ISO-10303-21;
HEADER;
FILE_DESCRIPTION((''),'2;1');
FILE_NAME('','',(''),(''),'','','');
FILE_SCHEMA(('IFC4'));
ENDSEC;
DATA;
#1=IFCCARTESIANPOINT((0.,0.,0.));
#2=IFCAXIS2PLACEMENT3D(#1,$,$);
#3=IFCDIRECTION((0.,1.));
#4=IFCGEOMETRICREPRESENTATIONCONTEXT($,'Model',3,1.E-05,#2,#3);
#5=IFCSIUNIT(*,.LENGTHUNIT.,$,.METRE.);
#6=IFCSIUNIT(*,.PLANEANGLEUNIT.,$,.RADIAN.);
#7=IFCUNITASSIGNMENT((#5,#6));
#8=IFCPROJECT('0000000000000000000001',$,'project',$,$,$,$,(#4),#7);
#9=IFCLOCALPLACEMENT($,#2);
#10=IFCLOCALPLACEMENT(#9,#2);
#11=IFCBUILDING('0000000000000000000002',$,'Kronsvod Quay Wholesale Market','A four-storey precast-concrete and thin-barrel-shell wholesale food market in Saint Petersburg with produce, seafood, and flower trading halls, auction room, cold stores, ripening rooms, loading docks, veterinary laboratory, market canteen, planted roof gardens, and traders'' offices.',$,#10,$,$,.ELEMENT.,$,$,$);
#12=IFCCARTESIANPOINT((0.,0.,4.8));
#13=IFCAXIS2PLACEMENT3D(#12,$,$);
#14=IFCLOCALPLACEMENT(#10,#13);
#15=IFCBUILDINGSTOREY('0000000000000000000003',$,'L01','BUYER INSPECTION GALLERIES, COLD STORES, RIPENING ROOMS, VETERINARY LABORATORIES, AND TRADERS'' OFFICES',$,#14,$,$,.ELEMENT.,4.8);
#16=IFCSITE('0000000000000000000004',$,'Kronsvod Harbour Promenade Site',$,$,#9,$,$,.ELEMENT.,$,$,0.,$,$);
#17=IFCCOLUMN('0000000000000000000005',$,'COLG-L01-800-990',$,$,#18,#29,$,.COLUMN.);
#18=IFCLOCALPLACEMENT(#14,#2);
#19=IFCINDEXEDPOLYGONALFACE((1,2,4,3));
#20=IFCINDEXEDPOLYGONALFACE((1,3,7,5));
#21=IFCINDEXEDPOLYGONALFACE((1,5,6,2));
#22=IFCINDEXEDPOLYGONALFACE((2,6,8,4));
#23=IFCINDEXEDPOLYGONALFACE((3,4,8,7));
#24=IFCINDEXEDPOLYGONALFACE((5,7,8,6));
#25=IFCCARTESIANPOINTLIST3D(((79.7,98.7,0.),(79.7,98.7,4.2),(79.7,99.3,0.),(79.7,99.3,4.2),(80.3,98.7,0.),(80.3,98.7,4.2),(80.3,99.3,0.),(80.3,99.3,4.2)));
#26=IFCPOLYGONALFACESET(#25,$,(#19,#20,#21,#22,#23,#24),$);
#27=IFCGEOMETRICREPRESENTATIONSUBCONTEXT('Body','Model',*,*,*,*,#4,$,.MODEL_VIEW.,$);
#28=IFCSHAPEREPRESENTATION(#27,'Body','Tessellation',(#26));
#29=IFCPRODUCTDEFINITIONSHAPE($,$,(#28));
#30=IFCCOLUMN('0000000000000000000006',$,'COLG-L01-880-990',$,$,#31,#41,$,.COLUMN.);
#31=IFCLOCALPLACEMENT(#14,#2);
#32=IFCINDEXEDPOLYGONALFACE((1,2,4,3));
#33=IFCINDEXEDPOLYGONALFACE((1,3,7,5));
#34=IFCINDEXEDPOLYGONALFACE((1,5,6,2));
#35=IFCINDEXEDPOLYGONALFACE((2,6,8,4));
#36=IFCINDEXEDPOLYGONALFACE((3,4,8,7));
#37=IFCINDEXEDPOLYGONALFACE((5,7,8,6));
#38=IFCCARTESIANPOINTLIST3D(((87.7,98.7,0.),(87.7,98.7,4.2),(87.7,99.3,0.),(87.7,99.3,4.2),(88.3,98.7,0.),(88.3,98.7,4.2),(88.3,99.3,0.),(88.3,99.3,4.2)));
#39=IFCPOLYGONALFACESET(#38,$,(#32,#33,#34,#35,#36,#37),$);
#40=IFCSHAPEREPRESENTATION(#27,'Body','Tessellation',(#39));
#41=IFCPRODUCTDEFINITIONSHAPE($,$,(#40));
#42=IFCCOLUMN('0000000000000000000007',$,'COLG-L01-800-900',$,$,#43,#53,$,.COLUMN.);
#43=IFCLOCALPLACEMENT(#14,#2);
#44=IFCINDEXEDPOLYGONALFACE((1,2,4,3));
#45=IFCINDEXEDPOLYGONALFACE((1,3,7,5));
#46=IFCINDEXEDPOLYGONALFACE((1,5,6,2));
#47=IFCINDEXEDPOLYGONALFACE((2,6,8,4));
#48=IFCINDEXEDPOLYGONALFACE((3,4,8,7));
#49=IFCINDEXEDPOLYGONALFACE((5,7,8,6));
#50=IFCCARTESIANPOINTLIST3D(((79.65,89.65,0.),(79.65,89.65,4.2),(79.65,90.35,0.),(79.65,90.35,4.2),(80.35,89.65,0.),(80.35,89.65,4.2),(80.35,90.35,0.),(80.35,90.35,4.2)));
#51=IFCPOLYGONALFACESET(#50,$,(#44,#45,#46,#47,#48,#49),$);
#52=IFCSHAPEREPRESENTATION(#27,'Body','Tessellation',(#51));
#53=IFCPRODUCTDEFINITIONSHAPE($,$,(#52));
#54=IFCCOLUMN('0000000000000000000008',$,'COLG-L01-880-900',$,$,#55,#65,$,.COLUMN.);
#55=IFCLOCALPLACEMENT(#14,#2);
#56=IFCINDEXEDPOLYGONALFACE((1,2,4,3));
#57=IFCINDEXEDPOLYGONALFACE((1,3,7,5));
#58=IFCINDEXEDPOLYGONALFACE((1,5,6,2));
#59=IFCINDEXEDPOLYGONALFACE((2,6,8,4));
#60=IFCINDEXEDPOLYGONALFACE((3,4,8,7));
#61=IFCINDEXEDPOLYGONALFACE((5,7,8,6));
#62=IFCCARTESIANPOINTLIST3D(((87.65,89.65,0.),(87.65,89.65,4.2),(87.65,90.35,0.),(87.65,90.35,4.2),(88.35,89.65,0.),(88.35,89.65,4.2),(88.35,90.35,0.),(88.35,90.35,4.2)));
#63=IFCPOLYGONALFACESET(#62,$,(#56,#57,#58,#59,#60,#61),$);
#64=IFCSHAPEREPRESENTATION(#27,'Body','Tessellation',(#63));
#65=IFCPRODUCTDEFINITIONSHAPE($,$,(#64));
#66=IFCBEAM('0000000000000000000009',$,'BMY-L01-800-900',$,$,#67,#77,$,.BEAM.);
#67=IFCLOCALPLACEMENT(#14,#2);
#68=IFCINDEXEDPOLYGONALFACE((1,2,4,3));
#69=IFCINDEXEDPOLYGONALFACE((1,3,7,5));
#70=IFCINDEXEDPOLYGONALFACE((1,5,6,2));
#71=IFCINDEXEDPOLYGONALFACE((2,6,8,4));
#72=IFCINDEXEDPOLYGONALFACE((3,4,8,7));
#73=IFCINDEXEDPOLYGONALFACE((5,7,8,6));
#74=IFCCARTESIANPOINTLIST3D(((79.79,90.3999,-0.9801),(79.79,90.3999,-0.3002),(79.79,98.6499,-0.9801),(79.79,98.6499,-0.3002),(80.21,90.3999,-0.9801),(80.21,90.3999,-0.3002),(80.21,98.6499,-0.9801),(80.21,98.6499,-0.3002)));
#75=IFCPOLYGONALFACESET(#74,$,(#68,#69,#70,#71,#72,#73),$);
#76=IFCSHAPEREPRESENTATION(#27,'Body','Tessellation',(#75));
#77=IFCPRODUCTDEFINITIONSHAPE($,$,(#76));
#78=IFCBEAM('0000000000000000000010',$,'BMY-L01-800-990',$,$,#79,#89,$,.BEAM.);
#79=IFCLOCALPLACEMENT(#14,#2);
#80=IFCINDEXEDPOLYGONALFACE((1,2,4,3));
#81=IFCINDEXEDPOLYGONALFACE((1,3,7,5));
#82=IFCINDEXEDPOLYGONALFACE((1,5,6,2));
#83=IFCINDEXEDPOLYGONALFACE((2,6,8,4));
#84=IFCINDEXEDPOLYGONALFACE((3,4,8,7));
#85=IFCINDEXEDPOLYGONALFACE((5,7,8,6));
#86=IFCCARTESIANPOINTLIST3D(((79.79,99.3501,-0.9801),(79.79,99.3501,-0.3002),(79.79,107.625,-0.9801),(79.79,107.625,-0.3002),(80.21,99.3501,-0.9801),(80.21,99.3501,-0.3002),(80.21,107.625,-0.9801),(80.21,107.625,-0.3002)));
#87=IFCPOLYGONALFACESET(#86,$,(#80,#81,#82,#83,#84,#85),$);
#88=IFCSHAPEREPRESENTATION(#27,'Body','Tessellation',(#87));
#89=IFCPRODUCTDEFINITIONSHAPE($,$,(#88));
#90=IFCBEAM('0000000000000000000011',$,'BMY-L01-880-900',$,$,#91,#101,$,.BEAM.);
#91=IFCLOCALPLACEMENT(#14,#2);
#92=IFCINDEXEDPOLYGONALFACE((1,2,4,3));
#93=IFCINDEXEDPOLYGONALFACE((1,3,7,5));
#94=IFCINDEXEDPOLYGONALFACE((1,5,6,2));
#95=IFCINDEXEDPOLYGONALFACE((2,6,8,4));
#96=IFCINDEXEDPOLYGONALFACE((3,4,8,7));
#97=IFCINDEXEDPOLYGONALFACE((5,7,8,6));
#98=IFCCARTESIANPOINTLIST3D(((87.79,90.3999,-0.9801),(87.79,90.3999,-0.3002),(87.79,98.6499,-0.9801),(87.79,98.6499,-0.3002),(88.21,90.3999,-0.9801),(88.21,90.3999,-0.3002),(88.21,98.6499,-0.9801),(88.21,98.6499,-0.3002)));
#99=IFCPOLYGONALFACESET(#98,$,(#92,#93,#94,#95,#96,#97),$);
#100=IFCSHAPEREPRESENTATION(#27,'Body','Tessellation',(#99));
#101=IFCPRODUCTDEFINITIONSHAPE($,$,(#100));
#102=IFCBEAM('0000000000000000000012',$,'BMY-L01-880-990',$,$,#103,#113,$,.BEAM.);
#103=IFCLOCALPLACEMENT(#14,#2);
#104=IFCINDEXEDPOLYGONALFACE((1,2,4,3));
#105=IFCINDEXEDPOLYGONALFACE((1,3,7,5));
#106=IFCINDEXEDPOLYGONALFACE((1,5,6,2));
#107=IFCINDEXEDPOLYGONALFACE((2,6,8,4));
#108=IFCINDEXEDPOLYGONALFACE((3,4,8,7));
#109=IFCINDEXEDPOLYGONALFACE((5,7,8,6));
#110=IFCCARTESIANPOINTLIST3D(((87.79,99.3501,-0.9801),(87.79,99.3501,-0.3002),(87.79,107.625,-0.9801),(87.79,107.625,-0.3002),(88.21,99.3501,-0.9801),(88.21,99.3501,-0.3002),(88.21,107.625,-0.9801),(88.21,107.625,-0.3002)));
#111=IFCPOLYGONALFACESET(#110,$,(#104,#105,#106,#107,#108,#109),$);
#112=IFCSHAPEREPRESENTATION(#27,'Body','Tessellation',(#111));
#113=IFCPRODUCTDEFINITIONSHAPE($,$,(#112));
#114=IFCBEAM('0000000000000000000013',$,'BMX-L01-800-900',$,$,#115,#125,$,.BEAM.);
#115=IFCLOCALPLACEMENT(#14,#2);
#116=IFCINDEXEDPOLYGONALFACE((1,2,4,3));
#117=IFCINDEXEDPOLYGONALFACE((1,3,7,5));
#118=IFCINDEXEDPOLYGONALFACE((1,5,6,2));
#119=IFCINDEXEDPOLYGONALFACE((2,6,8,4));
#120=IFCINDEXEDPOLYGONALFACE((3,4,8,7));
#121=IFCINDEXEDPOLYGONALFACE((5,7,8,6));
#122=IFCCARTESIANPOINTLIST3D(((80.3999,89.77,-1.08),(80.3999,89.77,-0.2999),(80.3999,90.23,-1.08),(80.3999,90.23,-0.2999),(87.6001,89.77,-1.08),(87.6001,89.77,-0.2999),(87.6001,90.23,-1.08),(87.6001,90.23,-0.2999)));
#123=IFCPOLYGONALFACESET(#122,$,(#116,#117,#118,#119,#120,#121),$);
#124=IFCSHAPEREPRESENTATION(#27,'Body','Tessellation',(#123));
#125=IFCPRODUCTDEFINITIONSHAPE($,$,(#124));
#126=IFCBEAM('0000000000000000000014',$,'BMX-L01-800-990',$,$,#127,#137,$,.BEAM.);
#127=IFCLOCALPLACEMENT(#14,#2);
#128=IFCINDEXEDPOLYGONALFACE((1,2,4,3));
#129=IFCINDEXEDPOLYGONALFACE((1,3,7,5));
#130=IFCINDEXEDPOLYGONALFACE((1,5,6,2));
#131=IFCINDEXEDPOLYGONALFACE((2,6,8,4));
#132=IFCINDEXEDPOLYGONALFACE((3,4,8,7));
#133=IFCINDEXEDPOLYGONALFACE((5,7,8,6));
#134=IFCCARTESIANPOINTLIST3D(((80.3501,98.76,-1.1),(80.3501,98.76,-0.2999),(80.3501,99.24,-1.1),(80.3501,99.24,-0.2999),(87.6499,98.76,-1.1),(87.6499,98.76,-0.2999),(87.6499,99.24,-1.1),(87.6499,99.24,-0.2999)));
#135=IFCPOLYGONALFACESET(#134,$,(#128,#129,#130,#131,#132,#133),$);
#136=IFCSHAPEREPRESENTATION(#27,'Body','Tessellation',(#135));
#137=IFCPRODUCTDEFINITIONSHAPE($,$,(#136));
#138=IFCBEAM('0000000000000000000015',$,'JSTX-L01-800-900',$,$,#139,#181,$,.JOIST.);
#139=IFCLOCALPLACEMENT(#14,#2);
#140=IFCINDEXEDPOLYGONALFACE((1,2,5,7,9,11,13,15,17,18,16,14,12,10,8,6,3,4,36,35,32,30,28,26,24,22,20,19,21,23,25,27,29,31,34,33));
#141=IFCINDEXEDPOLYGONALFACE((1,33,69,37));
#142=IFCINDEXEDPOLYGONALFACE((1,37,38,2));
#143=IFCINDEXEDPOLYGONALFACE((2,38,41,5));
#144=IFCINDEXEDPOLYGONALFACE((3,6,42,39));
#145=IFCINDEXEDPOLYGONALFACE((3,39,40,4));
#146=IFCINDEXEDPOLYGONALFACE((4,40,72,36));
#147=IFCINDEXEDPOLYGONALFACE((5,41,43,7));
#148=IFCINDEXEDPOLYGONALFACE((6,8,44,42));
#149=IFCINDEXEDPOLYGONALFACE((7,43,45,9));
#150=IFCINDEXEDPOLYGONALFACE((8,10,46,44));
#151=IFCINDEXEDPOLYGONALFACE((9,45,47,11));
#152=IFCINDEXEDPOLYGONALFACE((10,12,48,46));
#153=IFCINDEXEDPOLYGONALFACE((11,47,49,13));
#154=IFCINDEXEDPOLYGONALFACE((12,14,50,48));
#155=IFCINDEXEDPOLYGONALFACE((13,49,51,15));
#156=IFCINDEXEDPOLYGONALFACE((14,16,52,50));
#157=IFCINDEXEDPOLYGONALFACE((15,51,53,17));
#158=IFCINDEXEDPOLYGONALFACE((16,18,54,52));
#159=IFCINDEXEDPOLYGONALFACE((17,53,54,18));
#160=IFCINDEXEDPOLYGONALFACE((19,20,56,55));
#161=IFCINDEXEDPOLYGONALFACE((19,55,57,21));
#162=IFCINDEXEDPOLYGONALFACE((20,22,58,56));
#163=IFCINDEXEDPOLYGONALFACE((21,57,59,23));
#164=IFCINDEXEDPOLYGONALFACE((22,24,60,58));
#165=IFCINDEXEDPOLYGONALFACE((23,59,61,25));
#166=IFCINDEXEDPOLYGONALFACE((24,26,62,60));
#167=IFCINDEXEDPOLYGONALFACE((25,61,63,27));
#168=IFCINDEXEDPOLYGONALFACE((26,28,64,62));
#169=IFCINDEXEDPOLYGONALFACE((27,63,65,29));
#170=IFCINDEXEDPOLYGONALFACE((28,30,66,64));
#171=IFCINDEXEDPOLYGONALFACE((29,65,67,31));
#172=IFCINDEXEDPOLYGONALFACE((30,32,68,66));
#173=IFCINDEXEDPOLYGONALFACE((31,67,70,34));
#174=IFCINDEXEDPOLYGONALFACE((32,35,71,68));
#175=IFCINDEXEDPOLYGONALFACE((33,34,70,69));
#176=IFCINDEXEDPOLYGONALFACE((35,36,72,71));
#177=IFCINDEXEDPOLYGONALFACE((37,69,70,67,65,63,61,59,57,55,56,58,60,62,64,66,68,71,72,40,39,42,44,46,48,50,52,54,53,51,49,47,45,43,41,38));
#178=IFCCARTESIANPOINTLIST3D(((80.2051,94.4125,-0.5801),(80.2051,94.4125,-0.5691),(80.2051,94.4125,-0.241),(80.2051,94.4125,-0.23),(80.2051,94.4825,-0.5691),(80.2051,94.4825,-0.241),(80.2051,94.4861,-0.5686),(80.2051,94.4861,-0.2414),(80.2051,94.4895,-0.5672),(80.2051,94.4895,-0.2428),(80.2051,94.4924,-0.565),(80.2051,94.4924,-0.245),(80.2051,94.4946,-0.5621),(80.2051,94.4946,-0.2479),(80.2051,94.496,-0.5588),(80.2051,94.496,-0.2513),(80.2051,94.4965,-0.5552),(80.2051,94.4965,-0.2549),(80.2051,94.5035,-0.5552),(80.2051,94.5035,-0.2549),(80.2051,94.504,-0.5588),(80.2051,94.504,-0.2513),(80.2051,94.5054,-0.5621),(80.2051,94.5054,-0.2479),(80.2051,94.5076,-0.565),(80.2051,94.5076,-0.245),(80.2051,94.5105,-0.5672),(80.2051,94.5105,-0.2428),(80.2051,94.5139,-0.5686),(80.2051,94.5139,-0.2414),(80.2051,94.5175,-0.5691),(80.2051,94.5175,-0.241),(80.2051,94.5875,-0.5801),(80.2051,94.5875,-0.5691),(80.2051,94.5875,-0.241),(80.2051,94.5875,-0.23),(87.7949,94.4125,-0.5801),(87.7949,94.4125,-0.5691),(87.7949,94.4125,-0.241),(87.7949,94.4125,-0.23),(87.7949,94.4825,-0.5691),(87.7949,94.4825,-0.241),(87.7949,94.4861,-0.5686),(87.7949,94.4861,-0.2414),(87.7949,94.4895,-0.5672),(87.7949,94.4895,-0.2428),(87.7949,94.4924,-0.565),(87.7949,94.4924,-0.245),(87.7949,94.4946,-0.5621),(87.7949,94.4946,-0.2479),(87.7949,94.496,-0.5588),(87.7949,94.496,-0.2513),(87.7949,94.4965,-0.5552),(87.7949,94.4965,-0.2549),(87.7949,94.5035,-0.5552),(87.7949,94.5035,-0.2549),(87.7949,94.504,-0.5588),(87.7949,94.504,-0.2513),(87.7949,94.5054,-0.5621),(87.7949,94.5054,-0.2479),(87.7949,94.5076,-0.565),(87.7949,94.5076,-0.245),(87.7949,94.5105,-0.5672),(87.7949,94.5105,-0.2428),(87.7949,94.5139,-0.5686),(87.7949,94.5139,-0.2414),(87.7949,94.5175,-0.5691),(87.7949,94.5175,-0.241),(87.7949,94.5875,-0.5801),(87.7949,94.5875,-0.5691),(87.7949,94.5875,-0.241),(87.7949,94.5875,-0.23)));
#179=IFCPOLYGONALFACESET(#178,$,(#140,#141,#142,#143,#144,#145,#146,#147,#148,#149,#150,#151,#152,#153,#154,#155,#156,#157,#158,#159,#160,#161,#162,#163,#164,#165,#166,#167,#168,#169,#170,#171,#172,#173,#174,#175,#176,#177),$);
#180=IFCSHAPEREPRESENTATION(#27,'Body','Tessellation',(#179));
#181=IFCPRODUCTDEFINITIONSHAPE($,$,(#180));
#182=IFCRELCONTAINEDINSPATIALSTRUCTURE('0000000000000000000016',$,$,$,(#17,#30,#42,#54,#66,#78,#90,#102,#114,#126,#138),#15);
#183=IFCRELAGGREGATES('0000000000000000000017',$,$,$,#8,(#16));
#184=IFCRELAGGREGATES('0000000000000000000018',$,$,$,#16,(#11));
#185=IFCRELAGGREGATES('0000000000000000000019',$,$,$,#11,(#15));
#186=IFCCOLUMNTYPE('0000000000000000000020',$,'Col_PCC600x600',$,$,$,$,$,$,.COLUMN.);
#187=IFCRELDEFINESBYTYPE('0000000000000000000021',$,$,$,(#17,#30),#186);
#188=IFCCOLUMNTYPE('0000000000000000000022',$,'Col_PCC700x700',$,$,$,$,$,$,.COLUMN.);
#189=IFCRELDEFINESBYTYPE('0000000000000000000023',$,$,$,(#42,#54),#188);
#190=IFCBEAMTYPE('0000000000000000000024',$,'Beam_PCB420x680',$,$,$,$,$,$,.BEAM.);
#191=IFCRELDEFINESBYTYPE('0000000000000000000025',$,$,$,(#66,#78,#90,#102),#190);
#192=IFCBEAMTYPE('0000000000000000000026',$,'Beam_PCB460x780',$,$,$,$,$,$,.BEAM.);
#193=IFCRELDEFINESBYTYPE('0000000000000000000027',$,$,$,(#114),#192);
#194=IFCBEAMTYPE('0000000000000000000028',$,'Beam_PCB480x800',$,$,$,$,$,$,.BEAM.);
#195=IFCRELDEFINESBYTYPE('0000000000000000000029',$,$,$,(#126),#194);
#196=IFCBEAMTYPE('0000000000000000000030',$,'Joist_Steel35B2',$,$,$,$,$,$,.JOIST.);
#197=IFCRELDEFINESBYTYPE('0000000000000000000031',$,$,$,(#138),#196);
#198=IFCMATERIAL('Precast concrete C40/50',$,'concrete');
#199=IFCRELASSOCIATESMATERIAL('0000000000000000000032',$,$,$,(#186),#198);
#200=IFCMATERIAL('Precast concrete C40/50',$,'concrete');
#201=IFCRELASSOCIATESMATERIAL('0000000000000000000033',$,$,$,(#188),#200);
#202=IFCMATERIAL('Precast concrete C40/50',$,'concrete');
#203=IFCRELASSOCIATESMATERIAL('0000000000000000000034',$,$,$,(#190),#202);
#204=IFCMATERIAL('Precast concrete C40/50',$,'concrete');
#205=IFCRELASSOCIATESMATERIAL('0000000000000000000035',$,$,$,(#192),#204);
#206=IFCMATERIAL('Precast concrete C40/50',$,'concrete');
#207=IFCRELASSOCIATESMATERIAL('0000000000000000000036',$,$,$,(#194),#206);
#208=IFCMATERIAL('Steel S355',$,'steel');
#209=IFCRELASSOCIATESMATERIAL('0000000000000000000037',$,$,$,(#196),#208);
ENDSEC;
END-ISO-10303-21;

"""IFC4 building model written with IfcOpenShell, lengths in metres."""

from ifc_helpers import new_model, si_unit, direction, frame, origin, origin_2d, place, context, subcontext, project, spatial, rectangle, i_section, extrude, material, material_profile, profile_set, type_object, element, save


model = new_model("IFC4")

# Units and contexts
model_context = context("Model", 3, precision=1e-05, world=origin(), true_north=direction((0.0, 1.0)))
body_context = subcontext(model_context, "Body", "Model", "MODEL_VIEW")
ifc_project = project(units=[si_unit("LENGTHUNIT", "METRE"), si_unit("PLANEANGLEUNIT", "RADIAN")], contexts=[model_context])

# Site, building, storey
site_placement = place(None, origin())
site = spatial("IfcSite", under=ifc_project, at=site_placement, Name="Kronsvod Harbour Promenade Site", CompositionType="ELEMENT", RefElevation=0.0)
building_placement = place(site_placement, origin())
building = spatial("IfcBuilding", under=site, at=building_placement, Name="Kronsvod Quay Wholesale Market", Description="A four-storey precast-concrete and thin-barrel-shell wholesale food market in Saint Petersburg with produce, seafood, and flower trading halls, auction room, cold stores, ripening rooms, loading docks, veterinary laboratory, market canteen, planted roof gardens, and traders' offices.", CompositionType="ELEMENT")
storey_placement = place(building_placement, frame((0.0, 0.0, 4.8)))
storey = spatial("IfcBuildingStorey", under=building, at=storey_placement, Name="L01", Description="BUYER INSPECTION GALLERIES, COLD STORES, RIPENING ROOMS, VETERINARY LABORATORIES, AND TRADERS' OFFICES", CompositionType="ELEMENT", Elevation=4.8)

# Columns
ifc_material_1 = material(Name="Precast concrete C40/50", Category="concrete")
ifc_material_profile_1 = material_profile(ifc_material_1, rectangle(XDim=0.6001, YDim=0.6001, at=origin_2d()), Name="PCC600x600")
ifc_profile_set_1 = profile_set([ifc_material_profile_1], Name="Precast concrete C40/50")
column_type_1 = type_object("IfcColumnType", Name="Col_PCC600x600", PredefinedType="COLUMN", material=ifc_profile_set_1)
for number, where, z_axis, x_axis, name in (
    (1, (80.0, 99.0, 0.0), (0.0, 0.0, 1.0), (1.0, 0.0, 0.0), "COLG-L01-800-990"),
    (2, (88.0, 99.0, 0.0), (0.0, 0.0, 1.0), (1.0, 0.0, 0.0), "COLG-L01-880-990"),
):
    element("IfcColumn", number, at=place(storey_placement, frame(where, z_axis=z_axis, x_axis=x_axis)), inside=storey, type_object=column_type_1, Name=name, PredefinedType="COLUMN", context=body_context, shape_type="SweptSolid", body=[
        extrude(rectangle(XDim=0.6001, YDim=0.6001, at=origin_2d()), origin(), (0.0, 0.0, 1.0), 4.2),
    ])
ifc_material_2 = material(Name="Precast concrete C40/50", Category="concrete")
ifc_material_profile_2 = material_profile(ifc_material_2, rectangle(XDim=0.7, YDim=0.7, at=origin_2d()), Name="PCC700x700")
ifc_profile_set_2 = profile_set([ifc_material_profile_2], Name="Precast concrete C40/50")
column_type_2 = type_object("IfcColumnType", Name="Col_PCC700x700", PredefinedType="COLUMN", material=ifc_profile_set_2)
for number, where, z_axis, x_axis, name in (
    (3, (80.0, 90.0, 0.0), (0.0, 0.0, 1.0), (1.0, 0.0, 0.0), "COLG-L01-800-900"),
    (4, (88.0, 90.0, 0.0), (0.0, 0.0, 1.0), (1.0, 0.0, 0.0), "COLG-L01-880-900"),
):
    element("IfcColumn", number, at=place(storey_placement, frame(where, z_axis=z_axis, x_axis=x_axis)), inside=storey, type_object=column_type_2, Name=name, PredefinedType="COLUMN", context=body_context, shape_type="SweptSolid", body=[
        extrude(rectangle(XDim=0.7, YDim=0.7, at=origin_2d()), origin(), (0.0, 0.0, 1.0), 4.2),
    ])

# Beams
ifc_material_3 = material(Name="Precast concrete C40/50", Category="concrete")
ifc_material_profile_3 = material_profile(ifc_material_3, rectangle(XDim=0.4199, YDim=0.6799, at=origin_2d()), Name="PB-05")
ifc_profile_set_3 = profile_set([ifc_material_profile_3], Name="Precast concrete C40/50")
beam_type_1 = type_object("IfcBeamType", Name="Beam_PCB420x680", PredefinedType="BEAM", material=ifc_profile_set_3)
beam_1_placement = place(storey_placement, frame((80.0, 90.3999, -0.6401), z_axis=(0.0, 1.0, 0.0), x_axis=(-1.0, 0.0, 0.0)))
element("IfcBeam", 5, at=beam_1_placement, inside=storey, type_object=beam_type_1, Name="BMY-L01-800-900", PredefinedType="BEAM", context=body_context, shape_type="SweptSolid", body=[
    extrude(rectangle(XDim=0.4199, YDim=0.6799, at=origin_2d()), origin(), (0.0, 0.0, 1.0), 8.25),
])
beam_2_placement = place(storey_placement, frame((80.0, 99.3501, -0.6401), z_axis=(0.0, 1.0, 0.0), x_axis=(-1.0, 0.0, 0.0)))
element("IfcBeam", 6, at=beam_2_placement, inside=storey, type_object=beam_type_1, Name="BMY-L01-800-990", PredefinedType="BEAM", context=body_context, shape_type="SweptSolid", body=[
    extrude(rectangle(XDim=0.4199, YDim=0.6799, at=origin_2d()), origin(), (0.0, 0.0, 1.0), 8.2749),
])
beam_3_placement = place(storey_placement, frame((88.0, 90.3999, -0.6401), z_axis=(0.0, 1.0, 0.0), x_axis=(-1.0, 0.0, 0.0)))
element("IfcBeam", 7, at=beam_3_placement, inside=storey, type_object=beam_type_1, Name="BMY-L01-880-900", PredefinedType="BEAM", context=body_context, shape_type="SweptSolid", body=[
    extrude(rectangle(XDim=0.4199, YDim=0.6799, at=origin_2d()), origin(), (0.0, 0.0, 1.0), 8.25),
])
beam_4_placement = place(storey_placement, frame((88.0, 99.3501, -0.6401), z_axis=(0.0, 1.0, 0.0), x_axis=(-1.0, 0.0, 0.0)))
element("IfcBeam", 8, at=beam_4_placement, inside=storey, type_object=beam_type_1, Name="BMY-L01-880-990", PredefinedType="BEAM", context=body_context, shape_type="SweptSolid", body=[
    extrude(rectangle(XDim=0.4199, YDim=0.6799, at=origin_2d()), origin(), (0.0, 0.0, 1.0), 8.2749),
])
ifc_material_4 = material(Name="Precast concrete C40/50", Category="concrete")
ifc_material_profile_4 = material_profile(ifc_material_4, rectangle(XDim=0.46, YDim=0.78, at=origin_2d()), Name="PB-03")
ifc_profile_set_4 = profile_set([ifc_material_profile_4], Name="Precast concrete C40/50")
beam_type_2 = type_object("IfcBeamType", Name="Beam_PCB460x780", PredefinedType="BEAM", material=ifc_profile_set_4)
beam_5_placement = place(storey_placement, frame((80.3999, 90.0, -0.6899), z_axis=(1.0, 0.0, 0.0), x_axis=(0.0, 1.0, 0.0)))
element("IfcBeam", 9, at=beam_5_placement, inside=storey, type_object=beam_type_2, Name="BMX-L01-800-900", PredefinedType="BEAM", context=body_context, shape_type="SweptSolid", body=[
    extrude(rectangle(XDim=0.46, YDim=0.78, at=origin_2d()), origin(), (0.0, 0.0, 1.0), 7.2002),
])
ifc_material_5 = material(Name="Precast concrete C40/50", Category="concrete")
ifc_material_profile_5 = material_profile(ifc_material_5, rectangle(XDim=0.48, YDim=0.8, at=origin_2d()), Name="PB-04")
ifc_profile_set_5 = profile_set([ifc_material_profile_5], Name="Precast concrete C40/50")
beam_type_3 = type_object("IfcBeamType", Name="Beam_PCB480x800", PredefinedType="BEAM", material=ifc_profile_set_5)
beam_6_placement = place(storey_placement, frame((80.3501, 99.0, -0.7), z_axis=(1.0, 0.0, 0.0), x_axis=(0.0, 1.0, 0.0)))
element("IfcBeam", 10, at=beam_6_placement, inside=storey, type_object=beam_type_3, Name="BMX-L01-800-990", PredefinedType="BEAM", context=body_context, shape_type="SweptSolid", body=[
    extrude(rectangle(XDim=0.48, YDim=0.8, at=origin_2d()), origin(), (0.0, 0.0, 1.0), 7.2998),
])
ifc_material_6 = material(Name="Steel S355", Category="steel")
ifc_material_profile_6 = material_profile(ifc_material_6, i_section(OverallWidth=0.175, OverallDepth=0.3501, WebThickness=0.0071, FlangeThickness=0.011, FilletRadius=0.0139, at=origin_2d()), Name="35B2")
ifc_profile_set_6 = profile_set([ifc_material_profile_6], Name="Steel S355")
beam_type_4 = type_object("IfcBeamType", Name="Joist_Steel35B2", PredefinedType="JOIST", material=ifc_profile_set_6)
for number, where, z_axis, x_axis, name in (
    (11, (80.2051, 94.5, -0.405), (1.0, 0.0, 0.0), (0.0, 1.0, 0.0), "JSTX-L01-800-900"),
):
    element("IfcBeam", number, at=place(storey_placement, frame(where, z_axis=z_axis, x_axis=x_axis)), inside=storey, type_object=beam_type_4, Name=name, PredefinedType="JOIST", context=body_context, shape_type="SweptSolid", body=[
        extrude(i_section(OverallWidth=0.175, OverallDepth=0.3501, WebThickness=0.0071, FlangeThickness=0.011, FilletRadius=0.0139, at=origin_2d()), origin(), (0.0, 0.0, 1.0), 7.5898),
    ])

save(model, "model.ifc")
